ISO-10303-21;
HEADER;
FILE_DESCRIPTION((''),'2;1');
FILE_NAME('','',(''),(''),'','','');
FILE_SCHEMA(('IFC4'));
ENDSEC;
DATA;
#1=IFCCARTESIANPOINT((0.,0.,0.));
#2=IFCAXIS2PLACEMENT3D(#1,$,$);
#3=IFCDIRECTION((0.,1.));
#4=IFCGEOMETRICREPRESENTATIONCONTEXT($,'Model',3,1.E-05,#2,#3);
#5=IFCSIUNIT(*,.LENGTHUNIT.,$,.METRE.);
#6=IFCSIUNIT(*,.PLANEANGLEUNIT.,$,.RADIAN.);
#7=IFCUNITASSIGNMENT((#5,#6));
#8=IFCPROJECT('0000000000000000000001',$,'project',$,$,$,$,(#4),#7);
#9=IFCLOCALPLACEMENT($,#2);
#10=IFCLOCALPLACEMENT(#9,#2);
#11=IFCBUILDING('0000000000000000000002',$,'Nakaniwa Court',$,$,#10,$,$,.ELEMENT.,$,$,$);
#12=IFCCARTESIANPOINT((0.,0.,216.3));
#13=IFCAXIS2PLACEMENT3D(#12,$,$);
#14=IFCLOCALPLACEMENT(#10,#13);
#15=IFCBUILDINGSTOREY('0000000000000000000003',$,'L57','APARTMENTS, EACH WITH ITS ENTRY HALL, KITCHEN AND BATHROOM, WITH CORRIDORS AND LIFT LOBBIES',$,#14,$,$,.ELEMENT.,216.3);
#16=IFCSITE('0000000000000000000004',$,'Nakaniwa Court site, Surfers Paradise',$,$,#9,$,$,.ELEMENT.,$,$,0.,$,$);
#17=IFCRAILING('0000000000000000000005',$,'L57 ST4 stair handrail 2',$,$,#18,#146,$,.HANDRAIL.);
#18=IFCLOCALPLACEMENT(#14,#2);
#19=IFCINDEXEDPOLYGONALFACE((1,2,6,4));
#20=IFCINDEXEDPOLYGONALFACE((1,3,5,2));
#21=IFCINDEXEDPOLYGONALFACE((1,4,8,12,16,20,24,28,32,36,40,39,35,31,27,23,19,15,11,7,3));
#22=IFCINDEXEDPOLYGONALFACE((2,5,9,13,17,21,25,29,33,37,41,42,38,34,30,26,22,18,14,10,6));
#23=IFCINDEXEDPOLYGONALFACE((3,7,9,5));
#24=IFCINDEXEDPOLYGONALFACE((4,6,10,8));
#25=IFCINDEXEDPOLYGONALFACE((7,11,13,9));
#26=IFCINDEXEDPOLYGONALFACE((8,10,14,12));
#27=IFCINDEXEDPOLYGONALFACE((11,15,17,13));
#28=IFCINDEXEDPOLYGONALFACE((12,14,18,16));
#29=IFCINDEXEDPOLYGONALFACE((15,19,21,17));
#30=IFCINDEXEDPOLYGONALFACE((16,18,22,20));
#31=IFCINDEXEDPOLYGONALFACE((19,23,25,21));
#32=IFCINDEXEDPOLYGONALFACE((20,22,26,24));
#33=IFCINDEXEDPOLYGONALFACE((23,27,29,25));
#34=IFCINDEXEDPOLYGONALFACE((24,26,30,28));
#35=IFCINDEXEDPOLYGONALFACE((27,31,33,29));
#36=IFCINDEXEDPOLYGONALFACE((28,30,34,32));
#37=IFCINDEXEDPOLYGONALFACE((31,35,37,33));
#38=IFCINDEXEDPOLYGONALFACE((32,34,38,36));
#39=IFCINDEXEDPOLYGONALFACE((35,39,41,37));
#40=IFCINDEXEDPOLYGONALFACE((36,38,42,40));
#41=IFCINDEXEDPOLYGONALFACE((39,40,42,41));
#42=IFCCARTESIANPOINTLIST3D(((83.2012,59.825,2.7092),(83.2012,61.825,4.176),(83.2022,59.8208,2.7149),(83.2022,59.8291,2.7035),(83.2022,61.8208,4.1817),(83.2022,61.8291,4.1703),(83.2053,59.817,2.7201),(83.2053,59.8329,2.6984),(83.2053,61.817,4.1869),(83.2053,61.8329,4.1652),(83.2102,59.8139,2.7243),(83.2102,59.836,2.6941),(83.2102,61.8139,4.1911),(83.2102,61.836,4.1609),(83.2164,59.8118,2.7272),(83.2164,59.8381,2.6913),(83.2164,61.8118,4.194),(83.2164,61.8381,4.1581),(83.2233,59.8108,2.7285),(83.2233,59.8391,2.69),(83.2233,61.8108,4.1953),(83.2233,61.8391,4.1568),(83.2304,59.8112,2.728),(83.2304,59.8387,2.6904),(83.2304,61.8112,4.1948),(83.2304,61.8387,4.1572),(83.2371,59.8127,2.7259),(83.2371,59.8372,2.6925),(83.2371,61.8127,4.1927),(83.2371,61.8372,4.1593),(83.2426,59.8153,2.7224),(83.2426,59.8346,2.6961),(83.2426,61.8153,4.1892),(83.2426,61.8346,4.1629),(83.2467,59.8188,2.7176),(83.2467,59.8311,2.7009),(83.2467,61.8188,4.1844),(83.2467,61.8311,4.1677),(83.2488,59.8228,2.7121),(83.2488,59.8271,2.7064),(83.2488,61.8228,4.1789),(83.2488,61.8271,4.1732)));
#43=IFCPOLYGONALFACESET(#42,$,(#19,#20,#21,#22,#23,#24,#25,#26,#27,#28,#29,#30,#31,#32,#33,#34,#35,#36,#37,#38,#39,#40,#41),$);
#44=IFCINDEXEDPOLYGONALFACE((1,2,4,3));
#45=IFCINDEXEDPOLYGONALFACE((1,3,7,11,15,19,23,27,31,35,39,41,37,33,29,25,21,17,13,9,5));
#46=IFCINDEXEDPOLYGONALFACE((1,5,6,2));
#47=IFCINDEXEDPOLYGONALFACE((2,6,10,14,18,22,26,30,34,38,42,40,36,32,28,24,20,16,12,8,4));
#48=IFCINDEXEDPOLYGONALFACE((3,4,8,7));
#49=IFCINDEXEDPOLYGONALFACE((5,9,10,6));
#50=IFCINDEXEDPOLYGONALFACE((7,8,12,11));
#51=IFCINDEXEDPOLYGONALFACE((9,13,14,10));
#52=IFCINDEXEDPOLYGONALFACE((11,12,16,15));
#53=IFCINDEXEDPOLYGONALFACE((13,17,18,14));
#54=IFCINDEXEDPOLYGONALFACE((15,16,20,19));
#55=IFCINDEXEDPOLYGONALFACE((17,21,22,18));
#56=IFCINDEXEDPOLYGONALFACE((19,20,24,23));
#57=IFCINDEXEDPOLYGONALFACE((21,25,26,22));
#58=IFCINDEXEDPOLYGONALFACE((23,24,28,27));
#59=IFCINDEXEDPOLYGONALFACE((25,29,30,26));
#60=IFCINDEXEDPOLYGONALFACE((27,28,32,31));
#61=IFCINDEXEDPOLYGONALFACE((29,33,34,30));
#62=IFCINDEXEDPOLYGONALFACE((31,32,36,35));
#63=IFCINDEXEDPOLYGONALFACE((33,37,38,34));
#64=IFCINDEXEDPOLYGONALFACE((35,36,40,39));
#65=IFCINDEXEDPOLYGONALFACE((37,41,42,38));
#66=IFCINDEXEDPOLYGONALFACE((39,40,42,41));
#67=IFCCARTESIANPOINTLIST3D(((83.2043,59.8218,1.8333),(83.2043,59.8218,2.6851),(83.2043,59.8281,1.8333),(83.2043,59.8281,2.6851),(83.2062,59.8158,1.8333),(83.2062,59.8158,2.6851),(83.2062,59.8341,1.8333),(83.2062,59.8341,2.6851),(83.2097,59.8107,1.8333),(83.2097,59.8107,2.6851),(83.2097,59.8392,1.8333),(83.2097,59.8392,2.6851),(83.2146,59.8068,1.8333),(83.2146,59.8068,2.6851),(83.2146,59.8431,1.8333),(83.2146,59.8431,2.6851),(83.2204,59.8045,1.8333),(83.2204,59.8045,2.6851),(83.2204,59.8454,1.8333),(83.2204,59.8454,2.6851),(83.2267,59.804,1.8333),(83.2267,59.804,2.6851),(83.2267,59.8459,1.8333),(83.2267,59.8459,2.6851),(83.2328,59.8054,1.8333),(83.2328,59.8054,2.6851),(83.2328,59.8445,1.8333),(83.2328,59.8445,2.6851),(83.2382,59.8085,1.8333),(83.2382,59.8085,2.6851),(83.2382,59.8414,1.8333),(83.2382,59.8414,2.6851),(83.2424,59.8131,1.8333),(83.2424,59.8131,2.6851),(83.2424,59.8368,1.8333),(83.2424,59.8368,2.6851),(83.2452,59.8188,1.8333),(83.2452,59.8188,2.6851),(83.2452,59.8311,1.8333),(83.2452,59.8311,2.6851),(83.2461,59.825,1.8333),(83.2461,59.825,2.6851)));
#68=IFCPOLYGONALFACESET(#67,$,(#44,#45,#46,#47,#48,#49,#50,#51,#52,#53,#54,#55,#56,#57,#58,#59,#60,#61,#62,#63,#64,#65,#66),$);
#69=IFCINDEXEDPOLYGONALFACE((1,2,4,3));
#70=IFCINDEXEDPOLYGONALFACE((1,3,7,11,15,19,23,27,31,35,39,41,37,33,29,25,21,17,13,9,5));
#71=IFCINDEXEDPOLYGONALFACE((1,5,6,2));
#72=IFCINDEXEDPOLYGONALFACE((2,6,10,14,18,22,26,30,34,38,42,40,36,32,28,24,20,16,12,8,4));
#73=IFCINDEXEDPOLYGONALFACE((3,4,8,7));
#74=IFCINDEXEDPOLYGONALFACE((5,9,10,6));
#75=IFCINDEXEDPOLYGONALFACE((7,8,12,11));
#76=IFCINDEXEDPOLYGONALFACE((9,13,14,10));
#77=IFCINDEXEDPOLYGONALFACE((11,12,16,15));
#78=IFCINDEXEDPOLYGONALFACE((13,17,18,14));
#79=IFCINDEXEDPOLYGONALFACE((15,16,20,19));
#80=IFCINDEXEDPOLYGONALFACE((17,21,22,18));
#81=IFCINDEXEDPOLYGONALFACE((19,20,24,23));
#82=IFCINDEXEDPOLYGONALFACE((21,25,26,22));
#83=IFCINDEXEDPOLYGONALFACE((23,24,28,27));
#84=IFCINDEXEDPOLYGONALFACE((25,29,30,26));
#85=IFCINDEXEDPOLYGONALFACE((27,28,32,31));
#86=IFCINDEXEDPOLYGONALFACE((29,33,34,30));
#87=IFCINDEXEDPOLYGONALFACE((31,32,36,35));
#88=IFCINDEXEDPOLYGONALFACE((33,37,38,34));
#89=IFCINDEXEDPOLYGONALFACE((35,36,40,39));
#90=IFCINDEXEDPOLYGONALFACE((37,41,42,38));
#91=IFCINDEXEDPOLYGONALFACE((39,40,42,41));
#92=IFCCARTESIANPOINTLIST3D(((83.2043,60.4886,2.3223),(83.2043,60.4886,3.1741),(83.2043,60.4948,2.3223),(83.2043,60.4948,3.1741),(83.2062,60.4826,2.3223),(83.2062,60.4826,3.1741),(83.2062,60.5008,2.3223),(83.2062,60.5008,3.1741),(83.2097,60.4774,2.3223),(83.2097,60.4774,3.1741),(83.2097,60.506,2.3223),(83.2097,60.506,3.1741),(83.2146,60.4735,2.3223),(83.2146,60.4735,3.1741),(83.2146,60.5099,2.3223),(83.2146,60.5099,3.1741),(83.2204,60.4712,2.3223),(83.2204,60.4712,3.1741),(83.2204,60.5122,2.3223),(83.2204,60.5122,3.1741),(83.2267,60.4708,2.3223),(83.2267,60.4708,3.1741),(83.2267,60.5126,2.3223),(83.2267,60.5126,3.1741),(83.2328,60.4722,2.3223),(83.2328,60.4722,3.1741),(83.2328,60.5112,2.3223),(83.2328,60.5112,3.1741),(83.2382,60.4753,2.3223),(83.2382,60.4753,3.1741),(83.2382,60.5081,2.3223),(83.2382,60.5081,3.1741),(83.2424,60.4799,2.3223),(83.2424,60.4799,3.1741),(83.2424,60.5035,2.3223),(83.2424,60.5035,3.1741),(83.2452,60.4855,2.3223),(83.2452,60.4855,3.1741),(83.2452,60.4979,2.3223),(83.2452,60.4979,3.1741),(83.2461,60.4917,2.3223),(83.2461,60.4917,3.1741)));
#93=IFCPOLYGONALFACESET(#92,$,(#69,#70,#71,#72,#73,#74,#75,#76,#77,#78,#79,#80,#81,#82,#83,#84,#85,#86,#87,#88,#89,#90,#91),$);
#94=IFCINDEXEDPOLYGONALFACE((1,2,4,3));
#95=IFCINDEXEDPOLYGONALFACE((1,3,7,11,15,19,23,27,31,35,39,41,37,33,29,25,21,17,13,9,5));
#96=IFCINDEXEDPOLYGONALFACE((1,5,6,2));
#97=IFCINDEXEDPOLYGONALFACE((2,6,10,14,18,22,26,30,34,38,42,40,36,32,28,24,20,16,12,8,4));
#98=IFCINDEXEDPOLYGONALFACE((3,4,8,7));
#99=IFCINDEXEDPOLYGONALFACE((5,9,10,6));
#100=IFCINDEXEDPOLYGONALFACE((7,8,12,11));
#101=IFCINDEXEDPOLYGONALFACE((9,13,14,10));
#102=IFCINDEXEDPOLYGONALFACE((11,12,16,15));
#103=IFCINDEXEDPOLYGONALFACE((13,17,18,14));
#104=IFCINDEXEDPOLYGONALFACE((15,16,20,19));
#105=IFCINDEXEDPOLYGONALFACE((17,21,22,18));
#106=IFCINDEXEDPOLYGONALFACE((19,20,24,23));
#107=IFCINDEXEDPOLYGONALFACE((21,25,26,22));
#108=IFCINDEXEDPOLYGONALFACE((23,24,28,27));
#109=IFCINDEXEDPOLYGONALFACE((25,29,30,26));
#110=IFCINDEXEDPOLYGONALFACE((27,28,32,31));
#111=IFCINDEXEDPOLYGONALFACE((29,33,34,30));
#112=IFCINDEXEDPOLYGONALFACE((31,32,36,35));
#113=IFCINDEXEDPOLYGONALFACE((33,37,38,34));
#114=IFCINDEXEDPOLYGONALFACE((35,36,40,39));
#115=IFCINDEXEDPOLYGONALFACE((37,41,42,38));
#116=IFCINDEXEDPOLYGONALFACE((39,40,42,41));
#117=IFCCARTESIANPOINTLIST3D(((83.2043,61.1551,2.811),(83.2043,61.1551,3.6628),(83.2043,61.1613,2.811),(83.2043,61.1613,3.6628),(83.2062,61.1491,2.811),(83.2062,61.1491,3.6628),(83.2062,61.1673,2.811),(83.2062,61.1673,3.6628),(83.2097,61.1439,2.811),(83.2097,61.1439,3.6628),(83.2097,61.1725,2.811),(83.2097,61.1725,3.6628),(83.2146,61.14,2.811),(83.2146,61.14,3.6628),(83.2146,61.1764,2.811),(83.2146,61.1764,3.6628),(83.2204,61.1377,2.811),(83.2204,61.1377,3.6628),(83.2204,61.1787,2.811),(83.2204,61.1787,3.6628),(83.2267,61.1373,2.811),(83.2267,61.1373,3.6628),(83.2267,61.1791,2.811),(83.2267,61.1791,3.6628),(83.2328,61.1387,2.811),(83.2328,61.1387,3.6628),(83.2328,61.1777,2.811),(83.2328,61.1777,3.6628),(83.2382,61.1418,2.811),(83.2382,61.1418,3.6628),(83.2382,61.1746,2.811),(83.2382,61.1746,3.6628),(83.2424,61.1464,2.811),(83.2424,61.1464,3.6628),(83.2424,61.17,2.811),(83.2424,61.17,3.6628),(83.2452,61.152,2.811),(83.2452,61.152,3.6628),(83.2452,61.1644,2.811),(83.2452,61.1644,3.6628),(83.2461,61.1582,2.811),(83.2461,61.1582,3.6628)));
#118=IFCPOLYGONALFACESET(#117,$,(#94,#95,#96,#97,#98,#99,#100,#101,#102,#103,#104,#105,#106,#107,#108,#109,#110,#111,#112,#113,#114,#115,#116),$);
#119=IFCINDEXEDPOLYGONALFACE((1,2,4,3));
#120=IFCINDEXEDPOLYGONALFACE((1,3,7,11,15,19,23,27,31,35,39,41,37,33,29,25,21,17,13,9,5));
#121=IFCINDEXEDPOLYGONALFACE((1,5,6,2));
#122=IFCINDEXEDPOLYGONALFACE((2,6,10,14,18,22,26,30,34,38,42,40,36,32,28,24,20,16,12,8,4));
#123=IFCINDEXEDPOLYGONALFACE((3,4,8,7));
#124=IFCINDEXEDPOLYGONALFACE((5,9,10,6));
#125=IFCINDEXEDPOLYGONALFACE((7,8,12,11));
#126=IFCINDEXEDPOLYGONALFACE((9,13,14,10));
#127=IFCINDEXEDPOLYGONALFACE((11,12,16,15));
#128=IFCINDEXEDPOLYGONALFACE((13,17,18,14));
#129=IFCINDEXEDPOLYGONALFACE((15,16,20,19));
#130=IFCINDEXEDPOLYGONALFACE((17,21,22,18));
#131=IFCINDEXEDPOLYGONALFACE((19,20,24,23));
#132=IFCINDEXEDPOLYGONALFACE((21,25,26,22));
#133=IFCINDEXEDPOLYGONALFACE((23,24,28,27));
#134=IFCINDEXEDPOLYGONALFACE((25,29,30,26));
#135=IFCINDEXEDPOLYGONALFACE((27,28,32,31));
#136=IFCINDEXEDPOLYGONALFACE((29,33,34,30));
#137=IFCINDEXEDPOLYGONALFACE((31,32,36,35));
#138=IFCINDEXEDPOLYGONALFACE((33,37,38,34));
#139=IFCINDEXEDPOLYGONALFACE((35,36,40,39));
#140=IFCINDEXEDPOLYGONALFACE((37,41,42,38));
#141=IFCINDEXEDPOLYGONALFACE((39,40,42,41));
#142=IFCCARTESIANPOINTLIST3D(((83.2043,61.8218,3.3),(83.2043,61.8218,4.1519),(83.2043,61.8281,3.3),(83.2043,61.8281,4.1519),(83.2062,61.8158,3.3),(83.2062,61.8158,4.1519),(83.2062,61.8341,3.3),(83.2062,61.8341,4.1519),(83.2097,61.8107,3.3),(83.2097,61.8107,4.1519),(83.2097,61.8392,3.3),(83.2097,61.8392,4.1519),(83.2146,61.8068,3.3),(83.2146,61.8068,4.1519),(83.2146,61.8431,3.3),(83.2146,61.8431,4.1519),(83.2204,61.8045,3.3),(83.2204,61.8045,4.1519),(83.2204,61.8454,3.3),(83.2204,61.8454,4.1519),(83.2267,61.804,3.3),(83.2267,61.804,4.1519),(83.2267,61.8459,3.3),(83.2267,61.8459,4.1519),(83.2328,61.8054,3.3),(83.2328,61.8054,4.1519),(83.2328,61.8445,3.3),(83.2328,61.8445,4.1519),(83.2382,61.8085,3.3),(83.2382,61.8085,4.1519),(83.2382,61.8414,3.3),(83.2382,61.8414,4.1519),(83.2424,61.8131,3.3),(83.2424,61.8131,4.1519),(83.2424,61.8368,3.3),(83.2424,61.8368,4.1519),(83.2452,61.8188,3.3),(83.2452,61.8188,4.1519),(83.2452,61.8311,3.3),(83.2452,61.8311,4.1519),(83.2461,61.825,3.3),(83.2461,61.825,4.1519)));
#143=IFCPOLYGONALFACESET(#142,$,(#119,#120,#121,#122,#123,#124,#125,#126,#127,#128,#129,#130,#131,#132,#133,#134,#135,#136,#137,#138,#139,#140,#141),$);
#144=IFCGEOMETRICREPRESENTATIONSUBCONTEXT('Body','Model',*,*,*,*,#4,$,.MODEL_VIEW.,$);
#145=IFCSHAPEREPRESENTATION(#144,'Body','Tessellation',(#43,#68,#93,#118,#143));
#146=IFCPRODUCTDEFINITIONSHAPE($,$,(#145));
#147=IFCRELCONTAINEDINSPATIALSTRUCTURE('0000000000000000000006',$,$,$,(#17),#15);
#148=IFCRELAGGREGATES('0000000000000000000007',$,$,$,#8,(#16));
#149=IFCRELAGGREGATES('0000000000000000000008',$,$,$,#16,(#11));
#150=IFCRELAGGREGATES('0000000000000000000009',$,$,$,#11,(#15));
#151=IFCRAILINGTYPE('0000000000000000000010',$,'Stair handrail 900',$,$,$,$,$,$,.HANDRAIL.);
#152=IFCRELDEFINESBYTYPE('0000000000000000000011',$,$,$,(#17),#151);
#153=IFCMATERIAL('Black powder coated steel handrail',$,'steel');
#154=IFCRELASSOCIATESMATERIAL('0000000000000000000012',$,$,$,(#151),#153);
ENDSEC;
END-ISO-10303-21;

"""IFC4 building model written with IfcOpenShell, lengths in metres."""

from ifc_helpers import new_model, si_unit, direction, frame, origin, origin_2d, place, context, subcontext, project, spatial, circle, extrude, material, type_object, element, save


model = new_model("IFC4")

# Units and contexts
model_context = context("Model", 3, precision=1e-05, world=origin(), true_north=direction((0.0, 1.0)))
body_context = subcontext(model_context, "Body", "Model", "MODEL_VIEW")
ifc_project = project(units=[si_unit("LENGTHUNIT", "METRE"), si_unit("PLANEANGLEUNIT", "RADIAN")], contexts=[model_context])

# Site, building, storey
site_placement = place(None, origin())
site = spatial("IfcSite", under=ifc_project, at=site_placement, Name="Nakaniwa Court site, Surfers Paradise", CompositionType="ELEMENT", RefElevation=0.0)
building_placement = place(site_placement, origin())
building = spatial("IfcBuilding", under=site, at=building_placement, Name="Nakaniwa Court", CompositionType="ELEMENT")
storey_placement = place(building_placement, frame((0.0, 0.0, 216.3)))
storey = spatial("IfcBuildingStorey", under=building, at=storey_placement, Name="L57", Description="APARTMENTS, EACH WITH ITS ENTRY HALL, KITCHEN AND BATHROOM, WITH CORRIDORS AND LIFT LOBBIES", CompositionType="ELEMENT", Elevation=216.3)

# Railing
ifc_material_1 = material(Name="Black powder coated steel handrail", Category="steel")
railing_type_1 = type_object("IfcRailingType", Name="Stair handrail 900", PredefinedType="HANDRAIL", material=ifc_material_1)
railing_1_placement = place(storey_placement, frame((83.2251, 59.825, 1.8333)))
element("IfcRailing", 1, at=railing_1_placement, inside=storey, type_object=railing_type_1, Name="L57 ST4 stair handrail 2", PredefinedType="HANDRAIL", context=body_context, shape_type="SweptSolid", body=[
    extrude(circle(Radius=0.0239, at=origin_2d()), frame((0.0, 0.0, 0.876), z_axis=(0.0, 0.80638, 0.591398), x_axis=(-1.0, 0.0, 0.0)), (0.0, 0.0, 1.0), 2.4802),
    extrude(circle(Radius=0.021, at=origin_2d()), origin(), (0.0, 0.0, 1.0), 0.8518),
    extrude(circle(Radius=0.021, at=origin_2d()), frame((0.0, 0.6667, 0.489)), (0.0, 0.0, 1.0), 0.8518),
    extrude(circle(Radius=0.021, at=origin_2d()), frame((0.0, 1.3333, 0.9778)), (0.0, 0.0, 1.0), 0.8518),
    extrude(circle(Radius=0.021, at=origin_2d()), frame((0.0, 2.0, 1.4668)), (0.0, 0.0, 1.0), 0.8518),
])

save(model, "model.ifc")
